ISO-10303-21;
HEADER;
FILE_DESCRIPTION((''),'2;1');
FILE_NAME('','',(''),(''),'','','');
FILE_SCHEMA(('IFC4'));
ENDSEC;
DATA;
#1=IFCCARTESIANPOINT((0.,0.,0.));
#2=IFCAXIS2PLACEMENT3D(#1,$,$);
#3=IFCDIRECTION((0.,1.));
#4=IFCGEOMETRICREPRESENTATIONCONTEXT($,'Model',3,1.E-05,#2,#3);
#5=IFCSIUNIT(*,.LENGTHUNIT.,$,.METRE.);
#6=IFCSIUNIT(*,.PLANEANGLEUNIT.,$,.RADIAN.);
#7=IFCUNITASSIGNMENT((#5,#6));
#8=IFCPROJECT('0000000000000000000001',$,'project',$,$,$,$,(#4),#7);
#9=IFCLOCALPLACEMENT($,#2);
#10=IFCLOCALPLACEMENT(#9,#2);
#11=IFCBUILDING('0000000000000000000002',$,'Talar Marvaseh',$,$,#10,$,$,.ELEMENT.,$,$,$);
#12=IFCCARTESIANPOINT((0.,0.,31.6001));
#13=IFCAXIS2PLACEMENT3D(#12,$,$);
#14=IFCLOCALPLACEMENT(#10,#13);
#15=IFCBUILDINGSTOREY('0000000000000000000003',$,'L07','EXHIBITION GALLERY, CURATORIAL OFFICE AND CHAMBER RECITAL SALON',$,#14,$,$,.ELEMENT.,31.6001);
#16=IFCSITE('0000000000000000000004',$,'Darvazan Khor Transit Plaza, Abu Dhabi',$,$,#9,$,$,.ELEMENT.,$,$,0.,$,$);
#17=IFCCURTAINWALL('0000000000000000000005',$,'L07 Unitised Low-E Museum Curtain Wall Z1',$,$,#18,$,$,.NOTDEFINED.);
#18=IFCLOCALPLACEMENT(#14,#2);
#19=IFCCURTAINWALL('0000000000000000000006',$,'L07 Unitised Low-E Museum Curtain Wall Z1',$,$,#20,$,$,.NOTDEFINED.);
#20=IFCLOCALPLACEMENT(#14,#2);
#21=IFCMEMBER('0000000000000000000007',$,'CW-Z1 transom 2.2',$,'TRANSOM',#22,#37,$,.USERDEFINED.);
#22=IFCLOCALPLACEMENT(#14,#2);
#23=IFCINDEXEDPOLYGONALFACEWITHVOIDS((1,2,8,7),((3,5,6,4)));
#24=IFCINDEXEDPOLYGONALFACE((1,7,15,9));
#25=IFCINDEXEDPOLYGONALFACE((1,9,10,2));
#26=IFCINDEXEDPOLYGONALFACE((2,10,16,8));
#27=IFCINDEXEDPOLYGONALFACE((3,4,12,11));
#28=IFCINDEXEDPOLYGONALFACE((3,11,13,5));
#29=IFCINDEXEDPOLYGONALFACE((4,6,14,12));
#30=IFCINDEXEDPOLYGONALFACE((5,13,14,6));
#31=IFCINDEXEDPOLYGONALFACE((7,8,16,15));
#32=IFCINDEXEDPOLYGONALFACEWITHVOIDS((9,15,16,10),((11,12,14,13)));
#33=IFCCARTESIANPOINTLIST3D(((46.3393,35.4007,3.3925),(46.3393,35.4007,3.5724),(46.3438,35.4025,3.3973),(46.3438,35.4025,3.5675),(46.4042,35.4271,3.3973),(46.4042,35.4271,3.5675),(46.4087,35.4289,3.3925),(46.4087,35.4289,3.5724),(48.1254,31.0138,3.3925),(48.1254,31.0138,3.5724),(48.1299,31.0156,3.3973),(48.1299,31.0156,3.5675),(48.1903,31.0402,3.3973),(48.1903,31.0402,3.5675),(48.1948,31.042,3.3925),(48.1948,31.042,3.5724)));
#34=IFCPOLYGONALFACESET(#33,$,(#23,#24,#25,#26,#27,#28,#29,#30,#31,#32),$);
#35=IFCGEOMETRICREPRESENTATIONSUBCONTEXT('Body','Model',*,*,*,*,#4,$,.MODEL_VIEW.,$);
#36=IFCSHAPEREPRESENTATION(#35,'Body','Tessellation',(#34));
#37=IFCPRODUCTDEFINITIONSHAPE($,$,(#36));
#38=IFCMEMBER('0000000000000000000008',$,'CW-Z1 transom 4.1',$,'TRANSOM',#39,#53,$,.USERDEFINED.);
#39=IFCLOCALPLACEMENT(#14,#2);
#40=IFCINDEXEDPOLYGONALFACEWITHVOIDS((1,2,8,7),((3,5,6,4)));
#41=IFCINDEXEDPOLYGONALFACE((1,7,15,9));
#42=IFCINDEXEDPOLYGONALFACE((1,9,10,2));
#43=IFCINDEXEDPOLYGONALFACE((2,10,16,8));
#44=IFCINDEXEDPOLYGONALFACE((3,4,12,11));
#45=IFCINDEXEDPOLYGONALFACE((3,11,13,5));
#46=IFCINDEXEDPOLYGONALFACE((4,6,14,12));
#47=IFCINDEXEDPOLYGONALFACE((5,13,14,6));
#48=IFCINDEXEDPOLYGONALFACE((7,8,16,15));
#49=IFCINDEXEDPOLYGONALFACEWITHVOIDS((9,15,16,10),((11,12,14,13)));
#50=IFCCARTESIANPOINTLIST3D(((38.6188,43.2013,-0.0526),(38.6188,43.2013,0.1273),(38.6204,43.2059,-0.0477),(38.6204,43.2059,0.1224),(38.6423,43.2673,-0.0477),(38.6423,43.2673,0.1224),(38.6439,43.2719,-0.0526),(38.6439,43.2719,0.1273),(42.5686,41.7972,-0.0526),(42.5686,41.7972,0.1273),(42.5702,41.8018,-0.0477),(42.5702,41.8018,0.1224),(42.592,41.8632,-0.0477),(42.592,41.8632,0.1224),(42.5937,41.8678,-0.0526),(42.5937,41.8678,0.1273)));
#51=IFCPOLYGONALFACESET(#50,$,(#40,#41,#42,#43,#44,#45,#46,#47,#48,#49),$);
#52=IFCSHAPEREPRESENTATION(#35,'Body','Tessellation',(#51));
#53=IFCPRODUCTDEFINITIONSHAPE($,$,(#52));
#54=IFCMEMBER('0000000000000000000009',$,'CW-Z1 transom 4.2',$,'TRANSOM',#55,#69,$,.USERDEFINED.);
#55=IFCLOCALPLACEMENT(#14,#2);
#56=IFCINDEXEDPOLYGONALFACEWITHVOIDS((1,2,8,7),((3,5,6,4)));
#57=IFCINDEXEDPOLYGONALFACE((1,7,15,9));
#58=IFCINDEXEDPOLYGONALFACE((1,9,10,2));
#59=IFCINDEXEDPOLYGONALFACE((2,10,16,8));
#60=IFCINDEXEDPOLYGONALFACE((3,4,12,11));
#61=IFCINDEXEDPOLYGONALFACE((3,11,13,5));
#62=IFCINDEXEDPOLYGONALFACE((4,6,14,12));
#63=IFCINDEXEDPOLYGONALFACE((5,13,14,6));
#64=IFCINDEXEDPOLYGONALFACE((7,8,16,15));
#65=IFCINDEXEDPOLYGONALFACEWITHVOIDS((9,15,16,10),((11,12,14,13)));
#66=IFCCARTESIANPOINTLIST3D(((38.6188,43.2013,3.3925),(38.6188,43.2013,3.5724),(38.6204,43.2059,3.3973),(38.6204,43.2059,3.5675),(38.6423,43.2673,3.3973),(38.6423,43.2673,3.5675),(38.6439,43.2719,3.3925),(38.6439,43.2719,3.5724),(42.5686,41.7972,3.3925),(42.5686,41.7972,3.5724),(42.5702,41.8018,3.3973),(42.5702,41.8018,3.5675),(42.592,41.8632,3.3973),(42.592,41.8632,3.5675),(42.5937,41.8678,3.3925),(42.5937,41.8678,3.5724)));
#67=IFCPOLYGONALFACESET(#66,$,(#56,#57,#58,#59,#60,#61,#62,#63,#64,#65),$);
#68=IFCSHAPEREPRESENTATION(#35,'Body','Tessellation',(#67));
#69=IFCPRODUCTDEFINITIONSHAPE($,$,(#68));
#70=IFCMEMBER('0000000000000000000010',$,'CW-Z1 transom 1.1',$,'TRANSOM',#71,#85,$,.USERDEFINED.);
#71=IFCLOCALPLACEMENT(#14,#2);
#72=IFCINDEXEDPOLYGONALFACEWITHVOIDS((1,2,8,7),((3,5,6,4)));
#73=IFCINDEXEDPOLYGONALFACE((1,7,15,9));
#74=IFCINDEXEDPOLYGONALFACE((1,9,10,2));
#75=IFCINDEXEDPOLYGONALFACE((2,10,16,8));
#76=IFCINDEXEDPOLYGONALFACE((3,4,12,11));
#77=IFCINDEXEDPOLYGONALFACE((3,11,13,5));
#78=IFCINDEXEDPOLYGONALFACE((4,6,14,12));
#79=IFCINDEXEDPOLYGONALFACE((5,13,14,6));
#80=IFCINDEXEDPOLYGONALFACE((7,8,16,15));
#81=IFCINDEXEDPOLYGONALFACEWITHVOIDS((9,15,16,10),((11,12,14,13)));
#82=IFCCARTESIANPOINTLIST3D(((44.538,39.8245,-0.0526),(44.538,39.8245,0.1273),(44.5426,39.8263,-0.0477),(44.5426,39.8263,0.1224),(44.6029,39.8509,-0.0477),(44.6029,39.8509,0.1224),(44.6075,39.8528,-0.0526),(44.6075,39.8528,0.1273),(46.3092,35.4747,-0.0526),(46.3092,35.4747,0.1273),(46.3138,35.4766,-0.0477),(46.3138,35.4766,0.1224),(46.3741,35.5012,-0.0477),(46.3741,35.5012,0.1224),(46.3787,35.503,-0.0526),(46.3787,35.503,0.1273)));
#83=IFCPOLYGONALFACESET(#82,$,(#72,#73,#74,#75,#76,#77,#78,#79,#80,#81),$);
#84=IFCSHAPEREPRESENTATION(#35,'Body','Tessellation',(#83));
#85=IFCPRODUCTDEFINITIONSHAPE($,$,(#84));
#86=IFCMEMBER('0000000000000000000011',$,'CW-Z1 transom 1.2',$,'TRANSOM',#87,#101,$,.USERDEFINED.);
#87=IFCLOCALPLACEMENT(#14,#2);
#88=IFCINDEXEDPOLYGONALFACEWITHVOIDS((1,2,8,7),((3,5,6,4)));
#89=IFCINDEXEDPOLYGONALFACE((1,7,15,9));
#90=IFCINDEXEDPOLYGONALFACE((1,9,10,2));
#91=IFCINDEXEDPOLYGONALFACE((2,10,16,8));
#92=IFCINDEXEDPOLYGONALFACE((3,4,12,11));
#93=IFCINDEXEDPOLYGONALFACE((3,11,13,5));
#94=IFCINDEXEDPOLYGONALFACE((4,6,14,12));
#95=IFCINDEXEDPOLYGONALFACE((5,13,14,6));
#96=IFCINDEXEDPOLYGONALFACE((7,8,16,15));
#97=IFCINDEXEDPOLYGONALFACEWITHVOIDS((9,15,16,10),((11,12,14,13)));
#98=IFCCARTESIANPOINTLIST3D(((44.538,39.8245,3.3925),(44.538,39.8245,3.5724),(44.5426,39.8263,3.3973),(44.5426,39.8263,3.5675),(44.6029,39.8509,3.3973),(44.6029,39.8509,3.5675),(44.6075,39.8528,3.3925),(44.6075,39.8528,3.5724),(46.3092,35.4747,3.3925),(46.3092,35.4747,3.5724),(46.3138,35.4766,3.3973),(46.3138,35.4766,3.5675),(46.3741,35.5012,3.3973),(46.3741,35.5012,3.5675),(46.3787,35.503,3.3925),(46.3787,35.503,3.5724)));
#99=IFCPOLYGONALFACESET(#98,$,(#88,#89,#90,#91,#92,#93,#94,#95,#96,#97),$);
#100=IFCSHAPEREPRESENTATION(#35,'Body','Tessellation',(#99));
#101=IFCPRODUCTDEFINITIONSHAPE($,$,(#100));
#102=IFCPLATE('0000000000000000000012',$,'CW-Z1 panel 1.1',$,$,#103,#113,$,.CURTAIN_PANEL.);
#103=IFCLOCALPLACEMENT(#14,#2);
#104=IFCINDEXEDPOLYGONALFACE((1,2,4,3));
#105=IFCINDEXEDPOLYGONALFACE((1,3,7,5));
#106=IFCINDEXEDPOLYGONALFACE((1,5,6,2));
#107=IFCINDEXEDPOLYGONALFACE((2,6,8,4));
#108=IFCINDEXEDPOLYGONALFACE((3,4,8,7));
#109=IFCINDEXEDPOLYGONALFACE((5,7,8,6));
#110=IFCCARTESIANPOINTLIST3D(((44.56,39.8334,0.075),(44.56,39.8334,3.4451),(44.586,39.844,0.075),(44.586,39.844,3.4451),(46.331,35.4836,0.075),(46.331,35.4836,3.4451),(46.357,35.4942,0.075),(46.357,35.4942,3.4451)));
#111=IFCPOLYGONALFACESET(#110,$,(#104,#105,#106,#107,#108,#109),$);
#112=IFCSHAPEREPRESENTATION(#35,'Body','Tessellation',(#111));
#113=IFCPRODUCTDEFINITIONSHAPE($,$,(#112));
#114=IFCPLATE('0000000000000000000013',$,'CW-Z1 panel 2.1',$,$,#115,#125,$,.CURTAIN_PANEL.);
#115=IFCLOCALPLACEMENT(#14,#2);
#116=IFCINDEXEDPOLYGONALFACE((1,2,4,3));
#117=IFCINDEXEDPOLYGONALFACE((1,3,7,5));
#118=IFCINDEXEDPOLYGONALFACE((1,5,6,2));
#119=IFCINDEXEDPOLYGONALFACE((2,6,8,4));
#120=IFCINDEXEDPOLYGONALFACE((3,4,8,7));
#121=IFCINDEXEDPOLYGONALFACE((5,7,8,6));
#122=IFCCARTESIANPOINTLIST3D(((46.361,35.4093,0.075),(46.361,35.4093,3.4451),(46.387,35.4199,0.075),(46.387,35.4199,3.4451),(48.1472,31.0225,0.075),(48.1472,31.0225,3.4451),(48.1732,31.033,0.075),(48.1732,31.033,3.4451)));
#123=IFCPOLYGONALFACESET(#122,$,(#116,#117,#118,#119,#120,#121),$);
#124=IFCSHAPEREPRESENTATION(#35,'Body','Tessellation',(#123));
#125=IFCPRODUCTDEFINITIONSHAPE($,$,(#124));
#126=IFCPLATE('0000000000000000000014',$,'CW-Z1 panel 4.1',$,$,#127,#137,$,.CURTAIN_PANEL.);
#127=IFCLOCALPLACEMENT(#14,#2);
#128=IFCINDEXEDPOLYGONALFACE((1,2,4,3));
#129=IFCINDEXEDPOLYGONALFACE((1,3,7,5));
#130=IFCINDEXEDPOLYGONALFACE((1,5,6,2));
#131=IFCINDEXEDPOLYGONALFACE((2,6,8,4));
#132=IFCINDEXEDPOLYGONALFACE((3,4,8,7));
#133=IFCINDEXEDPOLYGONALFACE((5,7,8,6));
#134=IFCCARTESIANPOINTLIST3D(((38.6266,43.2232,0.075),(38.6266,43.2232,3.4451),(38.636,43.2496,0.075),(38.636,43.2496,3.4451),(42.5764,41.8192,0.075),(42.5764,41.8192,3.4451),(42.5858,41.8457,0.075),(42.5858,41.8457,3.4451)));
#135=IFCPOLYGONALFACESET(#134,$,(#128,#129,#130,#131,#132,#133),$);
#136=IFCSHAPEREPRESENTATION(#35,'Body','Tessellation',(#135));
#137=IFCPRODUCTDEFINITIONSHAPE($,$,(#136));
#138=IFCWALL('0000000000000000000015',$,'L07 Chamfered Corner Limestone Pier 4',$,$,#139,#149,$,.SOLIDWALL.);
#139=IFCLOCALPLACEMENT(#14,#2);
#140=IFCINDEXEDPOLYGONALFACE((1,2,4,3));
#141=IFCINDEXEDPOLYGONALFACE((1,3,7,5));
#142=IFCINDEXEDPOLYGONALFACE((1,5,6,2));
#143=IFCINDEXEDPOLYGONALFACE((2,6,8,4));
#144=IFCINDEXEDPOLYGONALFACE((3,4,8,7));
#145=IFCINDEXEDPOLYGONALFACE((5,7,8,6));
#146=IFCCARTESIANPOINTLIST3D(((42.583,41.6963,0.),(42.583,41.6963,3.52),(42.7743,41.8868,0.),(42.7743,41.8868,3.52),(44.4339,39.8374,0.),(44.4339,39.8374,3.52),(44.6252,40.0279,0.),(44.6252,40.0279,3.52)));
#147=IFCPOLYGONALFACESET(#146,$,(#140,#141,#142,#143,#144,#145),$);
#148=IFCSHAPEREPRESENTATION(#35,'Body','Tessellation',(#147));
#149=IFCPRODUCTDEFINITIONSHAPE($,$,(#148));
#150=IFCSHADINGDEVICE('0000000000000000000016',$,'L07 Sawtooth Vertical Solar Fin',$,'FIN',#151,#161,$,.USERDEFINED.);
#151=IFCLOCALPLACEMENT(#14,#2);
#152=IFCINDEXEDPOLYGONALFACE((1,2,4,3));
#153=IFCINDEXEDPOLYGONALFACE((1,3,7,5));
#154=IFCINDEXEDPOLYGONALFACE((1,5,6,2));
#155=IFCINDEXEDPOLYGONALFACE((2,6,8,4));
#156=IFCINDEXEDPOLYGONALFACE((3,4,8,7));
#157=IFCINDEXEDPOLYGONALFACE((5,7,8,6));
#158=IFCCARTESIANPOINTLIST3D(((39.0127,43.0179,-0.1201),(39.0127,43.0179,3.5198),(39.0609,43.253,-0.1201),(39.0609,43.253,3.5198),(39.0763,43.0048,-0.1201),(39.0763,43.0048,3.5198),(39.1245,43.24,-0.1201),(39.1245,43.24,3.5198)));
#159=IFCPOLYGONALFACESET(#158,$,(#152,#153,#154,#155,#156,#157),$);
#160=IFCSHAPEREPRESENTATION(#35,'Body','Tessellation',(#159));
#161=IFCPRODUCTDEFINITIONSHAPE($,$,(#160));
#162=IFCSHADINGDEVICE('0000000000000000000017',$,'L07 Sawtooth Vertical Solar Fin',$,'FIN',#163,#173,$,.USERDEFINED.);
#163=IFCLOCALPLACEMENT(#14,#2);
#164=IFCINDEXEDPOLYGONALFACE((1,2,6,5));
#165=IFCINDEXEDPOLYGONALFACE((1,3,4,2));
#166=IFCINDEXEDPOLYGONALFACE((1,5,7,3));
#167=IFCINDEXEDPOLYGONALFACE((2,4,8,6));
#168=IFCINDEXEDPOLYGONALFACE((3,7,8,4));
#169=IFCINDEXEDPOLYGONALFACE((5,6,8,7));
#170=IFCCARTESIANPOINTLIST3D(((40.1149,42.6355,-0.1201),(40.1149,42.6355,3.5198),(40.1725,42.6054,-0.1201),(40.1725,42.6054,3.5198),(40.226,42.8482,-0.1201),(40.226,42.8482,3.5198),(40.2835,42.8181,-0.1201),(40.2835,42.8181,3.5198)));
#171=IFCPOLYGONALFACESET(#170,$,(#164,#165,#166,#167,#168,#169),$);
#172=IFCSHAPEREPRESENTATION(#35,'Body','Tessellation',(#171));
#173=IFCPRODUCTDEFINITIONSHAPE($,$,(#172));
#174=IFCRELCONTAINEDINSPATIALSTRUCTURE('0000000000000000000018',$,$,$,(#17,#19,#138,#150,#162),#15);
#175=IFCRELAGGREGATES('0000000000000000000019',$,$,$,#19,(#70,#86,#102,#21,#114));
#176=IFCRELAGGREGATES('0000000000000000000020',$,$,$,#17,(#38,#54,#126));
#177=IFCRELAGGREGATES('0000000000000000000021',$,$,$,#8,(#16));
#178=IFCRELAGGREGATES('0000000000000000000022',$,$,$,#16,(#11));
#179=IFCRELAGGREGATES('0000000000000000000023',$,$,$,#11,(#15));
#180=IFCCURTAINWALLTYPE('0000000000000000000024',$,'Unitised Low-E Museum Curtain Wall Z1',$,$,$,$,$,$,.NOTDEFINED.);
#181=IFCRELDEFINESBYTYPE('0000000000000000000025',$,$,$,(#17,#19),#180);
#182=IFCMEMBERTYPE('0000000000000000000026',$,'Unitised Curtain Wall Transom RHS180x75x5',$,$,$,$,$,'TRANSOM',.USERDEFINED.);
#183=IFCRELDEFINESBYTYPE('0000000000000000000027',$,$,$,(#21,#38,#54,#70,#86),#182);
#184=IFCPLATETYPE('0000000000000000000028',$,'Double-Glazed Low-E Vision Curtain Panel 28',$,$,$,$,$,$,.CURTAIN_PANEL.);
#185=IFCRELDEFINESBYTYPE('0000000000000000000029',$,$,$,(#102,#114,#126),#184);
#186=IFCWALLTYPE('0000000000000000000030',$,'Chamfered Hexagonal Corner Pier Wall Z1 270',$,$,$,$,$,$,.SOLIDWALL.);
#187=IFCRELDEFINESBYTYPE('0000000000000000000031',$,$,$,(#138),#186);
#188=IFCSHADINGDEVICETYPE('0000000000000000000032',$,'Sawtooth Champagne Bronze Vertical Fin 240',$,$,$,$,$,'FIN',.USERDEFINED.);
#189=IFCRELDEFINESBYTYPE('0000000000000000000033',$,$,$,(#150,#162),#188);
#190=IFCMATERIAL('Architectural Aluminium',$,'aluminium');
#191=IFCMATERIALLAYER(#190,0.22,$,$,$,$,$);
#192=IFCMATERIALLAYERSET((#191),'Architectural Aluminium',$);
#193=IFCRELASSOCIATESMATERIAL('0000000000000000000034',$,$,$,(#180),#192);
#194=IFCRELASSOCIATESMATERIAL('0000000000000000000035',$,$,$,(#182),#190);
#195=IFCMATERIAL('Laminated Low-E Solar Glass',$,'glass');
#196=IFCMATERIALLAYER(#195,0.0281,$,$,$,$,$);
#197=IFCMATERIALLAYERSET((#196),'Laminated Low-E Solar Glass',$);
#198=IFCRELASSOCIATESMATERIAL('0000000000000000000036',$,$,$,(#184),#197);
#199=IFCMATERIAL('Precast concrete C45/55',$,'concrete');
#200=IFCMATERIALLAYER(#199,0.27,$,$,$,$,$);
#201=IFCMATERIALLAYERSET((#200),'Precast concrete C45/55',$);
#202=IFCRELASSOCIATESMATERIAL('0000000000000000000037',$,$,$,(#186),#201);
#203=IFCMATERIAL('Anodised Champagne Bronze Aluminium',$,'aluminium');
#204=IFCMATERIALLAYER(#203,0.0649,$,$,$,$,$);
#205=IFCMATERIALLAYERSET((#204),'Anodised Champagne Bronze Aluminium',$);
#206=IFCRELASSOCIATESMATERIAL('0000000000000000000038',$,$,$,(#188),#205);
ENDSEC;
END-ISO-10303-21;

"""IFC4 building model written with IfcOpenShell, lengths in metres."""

from ifc_helpers import new_model, si_unit, direction, frame, frame_2d, origin, origin_2d, place, context, subcontext, project, spatial, rectangle, hollow_rectangle, extrude, source, transform, mapped, material, layer, layer_set, material_profile, profile_set, type_object, type_shapes, element, aggregate, save


model = new_model("IFC4")

# Units and contexts
model_context = context("Model", 3, precision=1e-05, world=origin(), true_north=direction((0.0, 1.0)))
body_context = subcontext(model_context, "Body", "Model", "MODEL_VIEW")
ifc_project = project(units=[si_unit("LENGTHUNIT", "METRE"), si_unit("PLANEANGLEUNIT", "RADIAN")], contexts=[model_context])

# Site, building, storey
site_placement = place(None, origin())
site = spatial("IfcSite", under=ifc_project, at=site_placement, Name="Darvazan Khor Transit Plaza, Abu Dhabi", CompositionType="ELEMENT", RefElevation=0.0)
building_placement = place(site_placement, origin())
building = spatial("IfcBuilding", under=site, at=building_placement, Name="Talar Marvaseh", CompositionType="ELEMENT")
storey_placement = place(building_placement, frame((0.0, 0.0, 31.6001)))
storey = spatial("IfcBuildingStorey", under=building, at=storey_placement, Name="L07", Description="EXHIBITION GALLERY, CURATORIAL OFFICE AND CHAMBER RECITAL SALON", CompositionType="ELEMENT", Elevation=31.6001)

# Curtain walls, member
ifc_material_1 = material(Name="Architectural Aluminium", Category="aluminium")
ifc_layer_1 = layer(ifc_material_1, 0.22)
ifc_layer_set_1 = layer_set([ifc_layer_1], Name="Architectural Aluminium")
curtain_wall_type = type_object("IfcCurtainWallType", Name="Unitised Low-E Museum Curtain Wall Z1", PredefinedType="NOTDEFINED", material=ifc_layer_set_1)
curtain_wall_1_placement = place(storey_placement, origin())
curtain_wall_1 = element("IfcCurtainWall", 1, at=curtain_wall_1_placement, inside=storey, type_object=curtain_wall_type, Name="L07 Unitised Low-E Museum Curtain Wall Z1", PredefinedType="NOTDEFINED")
curtain_wall_2_placement = place(storey_placement, origin())
curtain_wall_2 = element("IfcCurtainWall", 2, at=curtain_wall_2_placement, inside=storey, type_object=curtain_wall_type, Name="L07 Unitised Low-E Museum Curtain Wall Z1", PredefinedType="NOTDEFINED")
ifc_material_profile_1 = material_profile(ifc_material_1, hollow_rectangle(XDim=0.075, YDim=0.1799, WallThickness=0.0049, at=origin_2d()), Name="RHS180x75x5")
ifc_profile_set_1 = profile_set([ifc_material_profile_1], Name="Architectural Aluminium")
member_type_1 = type_object("IfcMemberType", Name="Unitised Curtain Wall Transom RHS180x75x5", ElementType="TRANSOM", PredefinedType="USERDEFINED", material=ifc_profile_set_1)
shared_shape_1 = source(origin(), body_context, "Body", "SweptSolid", [
    extrude(hollow_rectangle(XDim=0.075, YDim=0.1799, WallThickness=0.0049, at=origin_2d()), origin(), (0.0, 0.0, 1.0), 4.7366),
])
member_1_placement = place(storey_placement, frame((46.374, 35.4148, 3.4824), z_axis=(0.377089, -0.926177, 0.0), x_axis=(0.926177, 0.377089, 0.0)))
member_1 = element("IfcMember", 3, at=member_1_placement, type_object=member_type_1, Name="CW-Z1 transom 2.2", ObjectType="TRANSOM", PredefinedType="USERDEFINED", context=body_context, shape_type="MappedRepresentation", body=[
    mapped(shared_shape_1, transform((0.0, 0.0, 0.0), x_axis=(1.0, 0.0, 0.0), y_axis=(0.0, 1.0, 0.0), z_axis=(0.0, 0.0, 1.0), scale=1.0)),
])

# Members
shared_shape_2 = source(origin(), body_context, "Body", "SweptSolid", [
    extrude(hollow_rectangle(XDim=0.075, YDim=0.1799, WallThickness=0.0049, at=origin_2d()), origin(), (0.0, 0.0, 1.0), 4.1919),
])
member_2_placement = place(storey_placement, frame((38.6313, 43.2366, 0.0374), z_axis=(0.942236, -0.334949, 0.0), x_axis=(0.334949, 0.942236, 0.0)))
member_2 = element("IfcMember", 4, at=member_2_placement, type_object=member_type_1, Name="CW-Z1 transom 4.1", ObjectType="TRANSOM", PredefinedType="USERDEFINED", context=body_context, shape_type="MappedRepresentation", body=[
    mapped(shared_shape_2, transform((0.0, 0.0, 0.0), x_axis=(1.0, 0.0, 0.0), y_axis=(0.0, 1.0, 0.0), z_axis=(0.0, 0.0, 1.0), scale=1.0)),
])
member_3_placement = place(storey_placement, frame((38.6313, 43.2366, 3.4824), z_axis=(0.942236, -0.334949, 0.0), x_axis=(0.334949, 0.942236, 0.0)))
member_3 = element("IfcMember", 5, at=member_3_placement, type_object=member_type_1, Name="CW-Z1 transom 4.2", ObjectType="TRANSOM", PredefinedType="USERDEFINED", context=body_context, shape_type="MappedRepresentation", body=[
    mapped(shared_shape_2, transform((0.0, 0.0, 0.0), x_axis=(1.0, 0.0, 0.0), y_axis=(0.0, 1.0, 0.0), z_axis=(0.0, 0.0, 1.0), scale=1.0)),
])
shared_shape_3 = source(origin(), body_context, "Body", "SweptSolid", [
    extrude(hollow_rectangle(XDim=0.075, YDim=0.1799, WallThickness=0.0049, at=origin_2d()), origin(), (0.0, 0.0, 1.0), 4.6965),
])
type_shapes(member_type_1, [shared_shape_1, shared_shape_2, shared_shape_3])
member_4_placement = place(storey_placement, frame((44.5728, 39.8386, 0.0374), z_axis=(0.377128, -0.926161, 0.0), x_axis=(0.926161, 0.377128, 0.0)))
member_4 = element("IfcMember", 6, at=member_4_placement, type_object=member_type_1, Name="CW-Z1 transom 1.1", ObjectType="TRANSOM", PredefinedType="USERDEFINED", context=body_context, shape_type="MappedRepresentation", body=[
    mapped(shared_shape_3, transform((0.0, 0.0, 0.0), x_axis=(1.0, 0.0, 0.0), y_axis=(0.0, 1.0, 0.0), z_axis=(0.0, 0.0, 1.0), scale=1.0)),
])
member_5_placement = place(storey_placement, frame((44.5728, 39.8386, 3.4824), z_axis=(0.377128, -0.926161, 0.0), x_axis=(0.926161, 0.377128, 0.0)))
member_5 = element("IfcMember", 7, at=member_5_placement, type_object=member_type_1, Name="CW-Z1 transom 1.2", ObjectType="TRANSOM", PredefinedType="USERDEFINED", context=body_context, shape_type="MappedRepresentation", body=[
    mapped(shared_shape_3, transform((0.0, 0.0, 0.0), x_axis=(1.0, 0.0, 0.0), y_axis=(0.0, 1.0, 0.0), z_axis=(0.0, 0.0, 1.0), scale=1.0)),
])

# Plates
ifc_material_2 = material(Name="Laminated Low-E Solar Glass", Category="glass")
ifc_layer_2 = layer(ifc_material_2, 0.0281)
ifc_layer_set_2 = layer_set([ifc_layer_2], Name="Laminated Low-E Solar Glass")
plate_type = type_object("IfcPlateType", Name="Double-Glazed Low-E Vision Curtain Panel 28", PredefinedType="CURTAIN_PANEL", material=ifc_layer_set_2)
shared_shape_4 = source(origin(), body_context, "Body", "SweptSolid", [
    extrude(rectangle(XDim=4.6965, YDim=0.0281, at=origin_2d()), origin(), (0.0, 0.0, 1.0), 3.3701),
])
plate_1_placement = place(storey_placement, frame((45.4585, 37.6638, 0.075), z_axis=(0.0, 0.0, 1.0), x_axis=(0.377096, -0.926174, 0.0)))
plate_1 = element("IfcPlate", 8, at=plate_1_placement, type_object=plate_type, Name="CW-Z1 panel 1.1", PredefinedType="CURTAIN_PANEL", context=body_context, shape_type="MappedRepresentation", body=[
    mapped(shared_shape_4, transform((0.0, 0.0, 0.0), x_axis=(1.0, 0.0, 0.0), y_axis=(0.0, 1.0, 0.0), z_axis=(0.0, 0.0, 1.0), scale=1.0)),
])
shared_shape_5 = source(origin(), body_context, "Body", "SweptSolid", [
    extrude(rectangle(XDim=4.7366, YDim=0.0281, at=origin_2d()), origin(), (0.0, 0.0, 1.0), 3.3701),
])
plate_2_placement = place(storey_placement, frame((47.2671, 33.2212, 0.075), z_axis=(0.0, 0.0, 1.0), x_axis=(0.377096, -0.926174, 0.0)))
plate_2 = element("IfcPlate", 9, at=plate_2_placement, type_object=plate_type, Name="CW-Z1 panel 2.1", PredefinedType="CURTAIN_PANEL", context=body_context, shape_type="MappedRepresentation", body=[
    mapped(shared_shape_5, transform((0.0, 0.0, 0.0), x_axis=(1.0, 0.0, 0.0), y_axis=(0.0, 1.0, 0.0), z_axis=(0.0, 0.0, 1.0), scale=1.0)),
])
aggregate(curtain_wall_2, [member_4, member_5, plate_1, member_1, plate_2])
shared_shape_6 = source(origin(), body_context, "Body", "SweptSolid", [
    extrude(rectangle(XDim=4.1919, YDim=0.0281, at=origin_2d()), origin(), (0.0, 0.0, 1.0), 3.3701),
])
type_shapes(plate_type, [shared_shape_4, shared_shape_5, shared_shape_6])
plate_3_placement = place(storey_placement, frame((40.6062, 42.5344, 0.075), z_axis=(0.0, 0.0, 1.0), x_axis=(0.942245, -0.334923, 0.0)))
plate_3 = element("IfcPlate", 10, at=plate_3_placement, type_object=plate_type, Name="CW-Z1 panel 4.1", PredefinedType="CURTAIN_PANEL", context=body_context, shape_type="MappedRepresentation", body=[
    mapped(shared_shape_6, transform((0.0, 0.0, 0.0), x_axis=(1.0, 0.0, 0.0), y_axis=(0.0, 1.0, 0.0), z_axis=(0.0, 0.0, 1.0), scale=1.0)),
])
aggregate(curtain_wall_1, [member_2, member_3, plate_3])

# Wall
ifc_material_3 = material(Name="Precast concrete C45/55", Category="concrete")
ifc_layer_3 = layer(ifc_material_3, 0.27)
ifc_layer_set_3 = layer_set([ifc_layer_3], Name="Precast concrete C45/55")
wall_type = type_object("IfcWallType", Name="Chamfered Hexagonal Corner Pier Wall Z1 270", PredefinedType="SOLIDWALL", material=ifc_layer_set_3)
wall_placement = place(storey_placement, frame((42.6787, 41.7915, 0.0), z_axis=(0.0, 0.0, 1.0), x_axis=(0.705569, -0.708641, 0.0)))
element("IfcWall", 11, at=wall_placement, inside=storey, type_object=wall_type, Name="L07 Chamfered Corner Limestone Pier 4", PredefinedType="SOLIDWALL", context=body_context, shape_type="SweptSolid", body=[
    extrude(rectangle(XDim=2.6233, YDim=0.27, at=frame_2d((1.3115, 0.0))), origin(), (0.0, 0.0, 1.0), 3.52),
])

# Shading devices
ifc_material_4 = material(Name="Anodised Champagne Bronze Aluminium", Category="aluminium")
ifc_layer_4 = layer(ifc_material_4, 0.0649)
ifc_layer_set_4 = layer_set([ifc_layer_4], Name="Anodised Champagne Bronze Aluminium")
shading_device_type = type_object("IfcShadingDeviceType", Name="Sawtooth Champagne Bronze Vertical Fin 240", ElementType="FIN", PredefinedType="USERDEFINED", material=ifc_layer_set_4)
shared_shape_7 = source(origin(), body_context, "Body", "SweptSolid", [
    extrude(rectangle(XDim=0.24, YDim=0.0649, at=origin_2d()), origin(), (0.0, 0.0, 1.0), 3.6399),
])
type_shapes(shading_device_type, [shared_shape_7])
for number, where, z_axis, x_axis, name in (
    (12, (39.0686, 43.1289, -0.1201), (0.0, 0.0, 1.0), (0.200565, 0.97968, 0.0), "L07 Sawtooth Vertical Solar Fin"),
    (13, (40.1992, 42.7268, -0.1201), (0.0, 0.0, 1.0), (0.462832, 0.886446, 0.0), "L07 Sawtooth Vertical Solar Fin"),
):
    element("IfcShadingDevice", number, at=place(storey_placement, frame(where, z_axis=z_axis, x_axis=x_axis)), inside=storey, type_object=shading_device_type, Name=name, ObjectType="FIN", PredefinedType="USERDEFINED", context=body_context, shape_type="MappedRepresentation", body=[
        mapped(shared_shape_7, transform((0.0, 0.0, 0.0), x_axis=(1.0, 0.0, 0.0), y_axis=(0.0, 1.0, 0.0), z_axis=(0.0, 0.0, 1.0), scale=1.0)),
    ])

save(model, "model.ifc")
